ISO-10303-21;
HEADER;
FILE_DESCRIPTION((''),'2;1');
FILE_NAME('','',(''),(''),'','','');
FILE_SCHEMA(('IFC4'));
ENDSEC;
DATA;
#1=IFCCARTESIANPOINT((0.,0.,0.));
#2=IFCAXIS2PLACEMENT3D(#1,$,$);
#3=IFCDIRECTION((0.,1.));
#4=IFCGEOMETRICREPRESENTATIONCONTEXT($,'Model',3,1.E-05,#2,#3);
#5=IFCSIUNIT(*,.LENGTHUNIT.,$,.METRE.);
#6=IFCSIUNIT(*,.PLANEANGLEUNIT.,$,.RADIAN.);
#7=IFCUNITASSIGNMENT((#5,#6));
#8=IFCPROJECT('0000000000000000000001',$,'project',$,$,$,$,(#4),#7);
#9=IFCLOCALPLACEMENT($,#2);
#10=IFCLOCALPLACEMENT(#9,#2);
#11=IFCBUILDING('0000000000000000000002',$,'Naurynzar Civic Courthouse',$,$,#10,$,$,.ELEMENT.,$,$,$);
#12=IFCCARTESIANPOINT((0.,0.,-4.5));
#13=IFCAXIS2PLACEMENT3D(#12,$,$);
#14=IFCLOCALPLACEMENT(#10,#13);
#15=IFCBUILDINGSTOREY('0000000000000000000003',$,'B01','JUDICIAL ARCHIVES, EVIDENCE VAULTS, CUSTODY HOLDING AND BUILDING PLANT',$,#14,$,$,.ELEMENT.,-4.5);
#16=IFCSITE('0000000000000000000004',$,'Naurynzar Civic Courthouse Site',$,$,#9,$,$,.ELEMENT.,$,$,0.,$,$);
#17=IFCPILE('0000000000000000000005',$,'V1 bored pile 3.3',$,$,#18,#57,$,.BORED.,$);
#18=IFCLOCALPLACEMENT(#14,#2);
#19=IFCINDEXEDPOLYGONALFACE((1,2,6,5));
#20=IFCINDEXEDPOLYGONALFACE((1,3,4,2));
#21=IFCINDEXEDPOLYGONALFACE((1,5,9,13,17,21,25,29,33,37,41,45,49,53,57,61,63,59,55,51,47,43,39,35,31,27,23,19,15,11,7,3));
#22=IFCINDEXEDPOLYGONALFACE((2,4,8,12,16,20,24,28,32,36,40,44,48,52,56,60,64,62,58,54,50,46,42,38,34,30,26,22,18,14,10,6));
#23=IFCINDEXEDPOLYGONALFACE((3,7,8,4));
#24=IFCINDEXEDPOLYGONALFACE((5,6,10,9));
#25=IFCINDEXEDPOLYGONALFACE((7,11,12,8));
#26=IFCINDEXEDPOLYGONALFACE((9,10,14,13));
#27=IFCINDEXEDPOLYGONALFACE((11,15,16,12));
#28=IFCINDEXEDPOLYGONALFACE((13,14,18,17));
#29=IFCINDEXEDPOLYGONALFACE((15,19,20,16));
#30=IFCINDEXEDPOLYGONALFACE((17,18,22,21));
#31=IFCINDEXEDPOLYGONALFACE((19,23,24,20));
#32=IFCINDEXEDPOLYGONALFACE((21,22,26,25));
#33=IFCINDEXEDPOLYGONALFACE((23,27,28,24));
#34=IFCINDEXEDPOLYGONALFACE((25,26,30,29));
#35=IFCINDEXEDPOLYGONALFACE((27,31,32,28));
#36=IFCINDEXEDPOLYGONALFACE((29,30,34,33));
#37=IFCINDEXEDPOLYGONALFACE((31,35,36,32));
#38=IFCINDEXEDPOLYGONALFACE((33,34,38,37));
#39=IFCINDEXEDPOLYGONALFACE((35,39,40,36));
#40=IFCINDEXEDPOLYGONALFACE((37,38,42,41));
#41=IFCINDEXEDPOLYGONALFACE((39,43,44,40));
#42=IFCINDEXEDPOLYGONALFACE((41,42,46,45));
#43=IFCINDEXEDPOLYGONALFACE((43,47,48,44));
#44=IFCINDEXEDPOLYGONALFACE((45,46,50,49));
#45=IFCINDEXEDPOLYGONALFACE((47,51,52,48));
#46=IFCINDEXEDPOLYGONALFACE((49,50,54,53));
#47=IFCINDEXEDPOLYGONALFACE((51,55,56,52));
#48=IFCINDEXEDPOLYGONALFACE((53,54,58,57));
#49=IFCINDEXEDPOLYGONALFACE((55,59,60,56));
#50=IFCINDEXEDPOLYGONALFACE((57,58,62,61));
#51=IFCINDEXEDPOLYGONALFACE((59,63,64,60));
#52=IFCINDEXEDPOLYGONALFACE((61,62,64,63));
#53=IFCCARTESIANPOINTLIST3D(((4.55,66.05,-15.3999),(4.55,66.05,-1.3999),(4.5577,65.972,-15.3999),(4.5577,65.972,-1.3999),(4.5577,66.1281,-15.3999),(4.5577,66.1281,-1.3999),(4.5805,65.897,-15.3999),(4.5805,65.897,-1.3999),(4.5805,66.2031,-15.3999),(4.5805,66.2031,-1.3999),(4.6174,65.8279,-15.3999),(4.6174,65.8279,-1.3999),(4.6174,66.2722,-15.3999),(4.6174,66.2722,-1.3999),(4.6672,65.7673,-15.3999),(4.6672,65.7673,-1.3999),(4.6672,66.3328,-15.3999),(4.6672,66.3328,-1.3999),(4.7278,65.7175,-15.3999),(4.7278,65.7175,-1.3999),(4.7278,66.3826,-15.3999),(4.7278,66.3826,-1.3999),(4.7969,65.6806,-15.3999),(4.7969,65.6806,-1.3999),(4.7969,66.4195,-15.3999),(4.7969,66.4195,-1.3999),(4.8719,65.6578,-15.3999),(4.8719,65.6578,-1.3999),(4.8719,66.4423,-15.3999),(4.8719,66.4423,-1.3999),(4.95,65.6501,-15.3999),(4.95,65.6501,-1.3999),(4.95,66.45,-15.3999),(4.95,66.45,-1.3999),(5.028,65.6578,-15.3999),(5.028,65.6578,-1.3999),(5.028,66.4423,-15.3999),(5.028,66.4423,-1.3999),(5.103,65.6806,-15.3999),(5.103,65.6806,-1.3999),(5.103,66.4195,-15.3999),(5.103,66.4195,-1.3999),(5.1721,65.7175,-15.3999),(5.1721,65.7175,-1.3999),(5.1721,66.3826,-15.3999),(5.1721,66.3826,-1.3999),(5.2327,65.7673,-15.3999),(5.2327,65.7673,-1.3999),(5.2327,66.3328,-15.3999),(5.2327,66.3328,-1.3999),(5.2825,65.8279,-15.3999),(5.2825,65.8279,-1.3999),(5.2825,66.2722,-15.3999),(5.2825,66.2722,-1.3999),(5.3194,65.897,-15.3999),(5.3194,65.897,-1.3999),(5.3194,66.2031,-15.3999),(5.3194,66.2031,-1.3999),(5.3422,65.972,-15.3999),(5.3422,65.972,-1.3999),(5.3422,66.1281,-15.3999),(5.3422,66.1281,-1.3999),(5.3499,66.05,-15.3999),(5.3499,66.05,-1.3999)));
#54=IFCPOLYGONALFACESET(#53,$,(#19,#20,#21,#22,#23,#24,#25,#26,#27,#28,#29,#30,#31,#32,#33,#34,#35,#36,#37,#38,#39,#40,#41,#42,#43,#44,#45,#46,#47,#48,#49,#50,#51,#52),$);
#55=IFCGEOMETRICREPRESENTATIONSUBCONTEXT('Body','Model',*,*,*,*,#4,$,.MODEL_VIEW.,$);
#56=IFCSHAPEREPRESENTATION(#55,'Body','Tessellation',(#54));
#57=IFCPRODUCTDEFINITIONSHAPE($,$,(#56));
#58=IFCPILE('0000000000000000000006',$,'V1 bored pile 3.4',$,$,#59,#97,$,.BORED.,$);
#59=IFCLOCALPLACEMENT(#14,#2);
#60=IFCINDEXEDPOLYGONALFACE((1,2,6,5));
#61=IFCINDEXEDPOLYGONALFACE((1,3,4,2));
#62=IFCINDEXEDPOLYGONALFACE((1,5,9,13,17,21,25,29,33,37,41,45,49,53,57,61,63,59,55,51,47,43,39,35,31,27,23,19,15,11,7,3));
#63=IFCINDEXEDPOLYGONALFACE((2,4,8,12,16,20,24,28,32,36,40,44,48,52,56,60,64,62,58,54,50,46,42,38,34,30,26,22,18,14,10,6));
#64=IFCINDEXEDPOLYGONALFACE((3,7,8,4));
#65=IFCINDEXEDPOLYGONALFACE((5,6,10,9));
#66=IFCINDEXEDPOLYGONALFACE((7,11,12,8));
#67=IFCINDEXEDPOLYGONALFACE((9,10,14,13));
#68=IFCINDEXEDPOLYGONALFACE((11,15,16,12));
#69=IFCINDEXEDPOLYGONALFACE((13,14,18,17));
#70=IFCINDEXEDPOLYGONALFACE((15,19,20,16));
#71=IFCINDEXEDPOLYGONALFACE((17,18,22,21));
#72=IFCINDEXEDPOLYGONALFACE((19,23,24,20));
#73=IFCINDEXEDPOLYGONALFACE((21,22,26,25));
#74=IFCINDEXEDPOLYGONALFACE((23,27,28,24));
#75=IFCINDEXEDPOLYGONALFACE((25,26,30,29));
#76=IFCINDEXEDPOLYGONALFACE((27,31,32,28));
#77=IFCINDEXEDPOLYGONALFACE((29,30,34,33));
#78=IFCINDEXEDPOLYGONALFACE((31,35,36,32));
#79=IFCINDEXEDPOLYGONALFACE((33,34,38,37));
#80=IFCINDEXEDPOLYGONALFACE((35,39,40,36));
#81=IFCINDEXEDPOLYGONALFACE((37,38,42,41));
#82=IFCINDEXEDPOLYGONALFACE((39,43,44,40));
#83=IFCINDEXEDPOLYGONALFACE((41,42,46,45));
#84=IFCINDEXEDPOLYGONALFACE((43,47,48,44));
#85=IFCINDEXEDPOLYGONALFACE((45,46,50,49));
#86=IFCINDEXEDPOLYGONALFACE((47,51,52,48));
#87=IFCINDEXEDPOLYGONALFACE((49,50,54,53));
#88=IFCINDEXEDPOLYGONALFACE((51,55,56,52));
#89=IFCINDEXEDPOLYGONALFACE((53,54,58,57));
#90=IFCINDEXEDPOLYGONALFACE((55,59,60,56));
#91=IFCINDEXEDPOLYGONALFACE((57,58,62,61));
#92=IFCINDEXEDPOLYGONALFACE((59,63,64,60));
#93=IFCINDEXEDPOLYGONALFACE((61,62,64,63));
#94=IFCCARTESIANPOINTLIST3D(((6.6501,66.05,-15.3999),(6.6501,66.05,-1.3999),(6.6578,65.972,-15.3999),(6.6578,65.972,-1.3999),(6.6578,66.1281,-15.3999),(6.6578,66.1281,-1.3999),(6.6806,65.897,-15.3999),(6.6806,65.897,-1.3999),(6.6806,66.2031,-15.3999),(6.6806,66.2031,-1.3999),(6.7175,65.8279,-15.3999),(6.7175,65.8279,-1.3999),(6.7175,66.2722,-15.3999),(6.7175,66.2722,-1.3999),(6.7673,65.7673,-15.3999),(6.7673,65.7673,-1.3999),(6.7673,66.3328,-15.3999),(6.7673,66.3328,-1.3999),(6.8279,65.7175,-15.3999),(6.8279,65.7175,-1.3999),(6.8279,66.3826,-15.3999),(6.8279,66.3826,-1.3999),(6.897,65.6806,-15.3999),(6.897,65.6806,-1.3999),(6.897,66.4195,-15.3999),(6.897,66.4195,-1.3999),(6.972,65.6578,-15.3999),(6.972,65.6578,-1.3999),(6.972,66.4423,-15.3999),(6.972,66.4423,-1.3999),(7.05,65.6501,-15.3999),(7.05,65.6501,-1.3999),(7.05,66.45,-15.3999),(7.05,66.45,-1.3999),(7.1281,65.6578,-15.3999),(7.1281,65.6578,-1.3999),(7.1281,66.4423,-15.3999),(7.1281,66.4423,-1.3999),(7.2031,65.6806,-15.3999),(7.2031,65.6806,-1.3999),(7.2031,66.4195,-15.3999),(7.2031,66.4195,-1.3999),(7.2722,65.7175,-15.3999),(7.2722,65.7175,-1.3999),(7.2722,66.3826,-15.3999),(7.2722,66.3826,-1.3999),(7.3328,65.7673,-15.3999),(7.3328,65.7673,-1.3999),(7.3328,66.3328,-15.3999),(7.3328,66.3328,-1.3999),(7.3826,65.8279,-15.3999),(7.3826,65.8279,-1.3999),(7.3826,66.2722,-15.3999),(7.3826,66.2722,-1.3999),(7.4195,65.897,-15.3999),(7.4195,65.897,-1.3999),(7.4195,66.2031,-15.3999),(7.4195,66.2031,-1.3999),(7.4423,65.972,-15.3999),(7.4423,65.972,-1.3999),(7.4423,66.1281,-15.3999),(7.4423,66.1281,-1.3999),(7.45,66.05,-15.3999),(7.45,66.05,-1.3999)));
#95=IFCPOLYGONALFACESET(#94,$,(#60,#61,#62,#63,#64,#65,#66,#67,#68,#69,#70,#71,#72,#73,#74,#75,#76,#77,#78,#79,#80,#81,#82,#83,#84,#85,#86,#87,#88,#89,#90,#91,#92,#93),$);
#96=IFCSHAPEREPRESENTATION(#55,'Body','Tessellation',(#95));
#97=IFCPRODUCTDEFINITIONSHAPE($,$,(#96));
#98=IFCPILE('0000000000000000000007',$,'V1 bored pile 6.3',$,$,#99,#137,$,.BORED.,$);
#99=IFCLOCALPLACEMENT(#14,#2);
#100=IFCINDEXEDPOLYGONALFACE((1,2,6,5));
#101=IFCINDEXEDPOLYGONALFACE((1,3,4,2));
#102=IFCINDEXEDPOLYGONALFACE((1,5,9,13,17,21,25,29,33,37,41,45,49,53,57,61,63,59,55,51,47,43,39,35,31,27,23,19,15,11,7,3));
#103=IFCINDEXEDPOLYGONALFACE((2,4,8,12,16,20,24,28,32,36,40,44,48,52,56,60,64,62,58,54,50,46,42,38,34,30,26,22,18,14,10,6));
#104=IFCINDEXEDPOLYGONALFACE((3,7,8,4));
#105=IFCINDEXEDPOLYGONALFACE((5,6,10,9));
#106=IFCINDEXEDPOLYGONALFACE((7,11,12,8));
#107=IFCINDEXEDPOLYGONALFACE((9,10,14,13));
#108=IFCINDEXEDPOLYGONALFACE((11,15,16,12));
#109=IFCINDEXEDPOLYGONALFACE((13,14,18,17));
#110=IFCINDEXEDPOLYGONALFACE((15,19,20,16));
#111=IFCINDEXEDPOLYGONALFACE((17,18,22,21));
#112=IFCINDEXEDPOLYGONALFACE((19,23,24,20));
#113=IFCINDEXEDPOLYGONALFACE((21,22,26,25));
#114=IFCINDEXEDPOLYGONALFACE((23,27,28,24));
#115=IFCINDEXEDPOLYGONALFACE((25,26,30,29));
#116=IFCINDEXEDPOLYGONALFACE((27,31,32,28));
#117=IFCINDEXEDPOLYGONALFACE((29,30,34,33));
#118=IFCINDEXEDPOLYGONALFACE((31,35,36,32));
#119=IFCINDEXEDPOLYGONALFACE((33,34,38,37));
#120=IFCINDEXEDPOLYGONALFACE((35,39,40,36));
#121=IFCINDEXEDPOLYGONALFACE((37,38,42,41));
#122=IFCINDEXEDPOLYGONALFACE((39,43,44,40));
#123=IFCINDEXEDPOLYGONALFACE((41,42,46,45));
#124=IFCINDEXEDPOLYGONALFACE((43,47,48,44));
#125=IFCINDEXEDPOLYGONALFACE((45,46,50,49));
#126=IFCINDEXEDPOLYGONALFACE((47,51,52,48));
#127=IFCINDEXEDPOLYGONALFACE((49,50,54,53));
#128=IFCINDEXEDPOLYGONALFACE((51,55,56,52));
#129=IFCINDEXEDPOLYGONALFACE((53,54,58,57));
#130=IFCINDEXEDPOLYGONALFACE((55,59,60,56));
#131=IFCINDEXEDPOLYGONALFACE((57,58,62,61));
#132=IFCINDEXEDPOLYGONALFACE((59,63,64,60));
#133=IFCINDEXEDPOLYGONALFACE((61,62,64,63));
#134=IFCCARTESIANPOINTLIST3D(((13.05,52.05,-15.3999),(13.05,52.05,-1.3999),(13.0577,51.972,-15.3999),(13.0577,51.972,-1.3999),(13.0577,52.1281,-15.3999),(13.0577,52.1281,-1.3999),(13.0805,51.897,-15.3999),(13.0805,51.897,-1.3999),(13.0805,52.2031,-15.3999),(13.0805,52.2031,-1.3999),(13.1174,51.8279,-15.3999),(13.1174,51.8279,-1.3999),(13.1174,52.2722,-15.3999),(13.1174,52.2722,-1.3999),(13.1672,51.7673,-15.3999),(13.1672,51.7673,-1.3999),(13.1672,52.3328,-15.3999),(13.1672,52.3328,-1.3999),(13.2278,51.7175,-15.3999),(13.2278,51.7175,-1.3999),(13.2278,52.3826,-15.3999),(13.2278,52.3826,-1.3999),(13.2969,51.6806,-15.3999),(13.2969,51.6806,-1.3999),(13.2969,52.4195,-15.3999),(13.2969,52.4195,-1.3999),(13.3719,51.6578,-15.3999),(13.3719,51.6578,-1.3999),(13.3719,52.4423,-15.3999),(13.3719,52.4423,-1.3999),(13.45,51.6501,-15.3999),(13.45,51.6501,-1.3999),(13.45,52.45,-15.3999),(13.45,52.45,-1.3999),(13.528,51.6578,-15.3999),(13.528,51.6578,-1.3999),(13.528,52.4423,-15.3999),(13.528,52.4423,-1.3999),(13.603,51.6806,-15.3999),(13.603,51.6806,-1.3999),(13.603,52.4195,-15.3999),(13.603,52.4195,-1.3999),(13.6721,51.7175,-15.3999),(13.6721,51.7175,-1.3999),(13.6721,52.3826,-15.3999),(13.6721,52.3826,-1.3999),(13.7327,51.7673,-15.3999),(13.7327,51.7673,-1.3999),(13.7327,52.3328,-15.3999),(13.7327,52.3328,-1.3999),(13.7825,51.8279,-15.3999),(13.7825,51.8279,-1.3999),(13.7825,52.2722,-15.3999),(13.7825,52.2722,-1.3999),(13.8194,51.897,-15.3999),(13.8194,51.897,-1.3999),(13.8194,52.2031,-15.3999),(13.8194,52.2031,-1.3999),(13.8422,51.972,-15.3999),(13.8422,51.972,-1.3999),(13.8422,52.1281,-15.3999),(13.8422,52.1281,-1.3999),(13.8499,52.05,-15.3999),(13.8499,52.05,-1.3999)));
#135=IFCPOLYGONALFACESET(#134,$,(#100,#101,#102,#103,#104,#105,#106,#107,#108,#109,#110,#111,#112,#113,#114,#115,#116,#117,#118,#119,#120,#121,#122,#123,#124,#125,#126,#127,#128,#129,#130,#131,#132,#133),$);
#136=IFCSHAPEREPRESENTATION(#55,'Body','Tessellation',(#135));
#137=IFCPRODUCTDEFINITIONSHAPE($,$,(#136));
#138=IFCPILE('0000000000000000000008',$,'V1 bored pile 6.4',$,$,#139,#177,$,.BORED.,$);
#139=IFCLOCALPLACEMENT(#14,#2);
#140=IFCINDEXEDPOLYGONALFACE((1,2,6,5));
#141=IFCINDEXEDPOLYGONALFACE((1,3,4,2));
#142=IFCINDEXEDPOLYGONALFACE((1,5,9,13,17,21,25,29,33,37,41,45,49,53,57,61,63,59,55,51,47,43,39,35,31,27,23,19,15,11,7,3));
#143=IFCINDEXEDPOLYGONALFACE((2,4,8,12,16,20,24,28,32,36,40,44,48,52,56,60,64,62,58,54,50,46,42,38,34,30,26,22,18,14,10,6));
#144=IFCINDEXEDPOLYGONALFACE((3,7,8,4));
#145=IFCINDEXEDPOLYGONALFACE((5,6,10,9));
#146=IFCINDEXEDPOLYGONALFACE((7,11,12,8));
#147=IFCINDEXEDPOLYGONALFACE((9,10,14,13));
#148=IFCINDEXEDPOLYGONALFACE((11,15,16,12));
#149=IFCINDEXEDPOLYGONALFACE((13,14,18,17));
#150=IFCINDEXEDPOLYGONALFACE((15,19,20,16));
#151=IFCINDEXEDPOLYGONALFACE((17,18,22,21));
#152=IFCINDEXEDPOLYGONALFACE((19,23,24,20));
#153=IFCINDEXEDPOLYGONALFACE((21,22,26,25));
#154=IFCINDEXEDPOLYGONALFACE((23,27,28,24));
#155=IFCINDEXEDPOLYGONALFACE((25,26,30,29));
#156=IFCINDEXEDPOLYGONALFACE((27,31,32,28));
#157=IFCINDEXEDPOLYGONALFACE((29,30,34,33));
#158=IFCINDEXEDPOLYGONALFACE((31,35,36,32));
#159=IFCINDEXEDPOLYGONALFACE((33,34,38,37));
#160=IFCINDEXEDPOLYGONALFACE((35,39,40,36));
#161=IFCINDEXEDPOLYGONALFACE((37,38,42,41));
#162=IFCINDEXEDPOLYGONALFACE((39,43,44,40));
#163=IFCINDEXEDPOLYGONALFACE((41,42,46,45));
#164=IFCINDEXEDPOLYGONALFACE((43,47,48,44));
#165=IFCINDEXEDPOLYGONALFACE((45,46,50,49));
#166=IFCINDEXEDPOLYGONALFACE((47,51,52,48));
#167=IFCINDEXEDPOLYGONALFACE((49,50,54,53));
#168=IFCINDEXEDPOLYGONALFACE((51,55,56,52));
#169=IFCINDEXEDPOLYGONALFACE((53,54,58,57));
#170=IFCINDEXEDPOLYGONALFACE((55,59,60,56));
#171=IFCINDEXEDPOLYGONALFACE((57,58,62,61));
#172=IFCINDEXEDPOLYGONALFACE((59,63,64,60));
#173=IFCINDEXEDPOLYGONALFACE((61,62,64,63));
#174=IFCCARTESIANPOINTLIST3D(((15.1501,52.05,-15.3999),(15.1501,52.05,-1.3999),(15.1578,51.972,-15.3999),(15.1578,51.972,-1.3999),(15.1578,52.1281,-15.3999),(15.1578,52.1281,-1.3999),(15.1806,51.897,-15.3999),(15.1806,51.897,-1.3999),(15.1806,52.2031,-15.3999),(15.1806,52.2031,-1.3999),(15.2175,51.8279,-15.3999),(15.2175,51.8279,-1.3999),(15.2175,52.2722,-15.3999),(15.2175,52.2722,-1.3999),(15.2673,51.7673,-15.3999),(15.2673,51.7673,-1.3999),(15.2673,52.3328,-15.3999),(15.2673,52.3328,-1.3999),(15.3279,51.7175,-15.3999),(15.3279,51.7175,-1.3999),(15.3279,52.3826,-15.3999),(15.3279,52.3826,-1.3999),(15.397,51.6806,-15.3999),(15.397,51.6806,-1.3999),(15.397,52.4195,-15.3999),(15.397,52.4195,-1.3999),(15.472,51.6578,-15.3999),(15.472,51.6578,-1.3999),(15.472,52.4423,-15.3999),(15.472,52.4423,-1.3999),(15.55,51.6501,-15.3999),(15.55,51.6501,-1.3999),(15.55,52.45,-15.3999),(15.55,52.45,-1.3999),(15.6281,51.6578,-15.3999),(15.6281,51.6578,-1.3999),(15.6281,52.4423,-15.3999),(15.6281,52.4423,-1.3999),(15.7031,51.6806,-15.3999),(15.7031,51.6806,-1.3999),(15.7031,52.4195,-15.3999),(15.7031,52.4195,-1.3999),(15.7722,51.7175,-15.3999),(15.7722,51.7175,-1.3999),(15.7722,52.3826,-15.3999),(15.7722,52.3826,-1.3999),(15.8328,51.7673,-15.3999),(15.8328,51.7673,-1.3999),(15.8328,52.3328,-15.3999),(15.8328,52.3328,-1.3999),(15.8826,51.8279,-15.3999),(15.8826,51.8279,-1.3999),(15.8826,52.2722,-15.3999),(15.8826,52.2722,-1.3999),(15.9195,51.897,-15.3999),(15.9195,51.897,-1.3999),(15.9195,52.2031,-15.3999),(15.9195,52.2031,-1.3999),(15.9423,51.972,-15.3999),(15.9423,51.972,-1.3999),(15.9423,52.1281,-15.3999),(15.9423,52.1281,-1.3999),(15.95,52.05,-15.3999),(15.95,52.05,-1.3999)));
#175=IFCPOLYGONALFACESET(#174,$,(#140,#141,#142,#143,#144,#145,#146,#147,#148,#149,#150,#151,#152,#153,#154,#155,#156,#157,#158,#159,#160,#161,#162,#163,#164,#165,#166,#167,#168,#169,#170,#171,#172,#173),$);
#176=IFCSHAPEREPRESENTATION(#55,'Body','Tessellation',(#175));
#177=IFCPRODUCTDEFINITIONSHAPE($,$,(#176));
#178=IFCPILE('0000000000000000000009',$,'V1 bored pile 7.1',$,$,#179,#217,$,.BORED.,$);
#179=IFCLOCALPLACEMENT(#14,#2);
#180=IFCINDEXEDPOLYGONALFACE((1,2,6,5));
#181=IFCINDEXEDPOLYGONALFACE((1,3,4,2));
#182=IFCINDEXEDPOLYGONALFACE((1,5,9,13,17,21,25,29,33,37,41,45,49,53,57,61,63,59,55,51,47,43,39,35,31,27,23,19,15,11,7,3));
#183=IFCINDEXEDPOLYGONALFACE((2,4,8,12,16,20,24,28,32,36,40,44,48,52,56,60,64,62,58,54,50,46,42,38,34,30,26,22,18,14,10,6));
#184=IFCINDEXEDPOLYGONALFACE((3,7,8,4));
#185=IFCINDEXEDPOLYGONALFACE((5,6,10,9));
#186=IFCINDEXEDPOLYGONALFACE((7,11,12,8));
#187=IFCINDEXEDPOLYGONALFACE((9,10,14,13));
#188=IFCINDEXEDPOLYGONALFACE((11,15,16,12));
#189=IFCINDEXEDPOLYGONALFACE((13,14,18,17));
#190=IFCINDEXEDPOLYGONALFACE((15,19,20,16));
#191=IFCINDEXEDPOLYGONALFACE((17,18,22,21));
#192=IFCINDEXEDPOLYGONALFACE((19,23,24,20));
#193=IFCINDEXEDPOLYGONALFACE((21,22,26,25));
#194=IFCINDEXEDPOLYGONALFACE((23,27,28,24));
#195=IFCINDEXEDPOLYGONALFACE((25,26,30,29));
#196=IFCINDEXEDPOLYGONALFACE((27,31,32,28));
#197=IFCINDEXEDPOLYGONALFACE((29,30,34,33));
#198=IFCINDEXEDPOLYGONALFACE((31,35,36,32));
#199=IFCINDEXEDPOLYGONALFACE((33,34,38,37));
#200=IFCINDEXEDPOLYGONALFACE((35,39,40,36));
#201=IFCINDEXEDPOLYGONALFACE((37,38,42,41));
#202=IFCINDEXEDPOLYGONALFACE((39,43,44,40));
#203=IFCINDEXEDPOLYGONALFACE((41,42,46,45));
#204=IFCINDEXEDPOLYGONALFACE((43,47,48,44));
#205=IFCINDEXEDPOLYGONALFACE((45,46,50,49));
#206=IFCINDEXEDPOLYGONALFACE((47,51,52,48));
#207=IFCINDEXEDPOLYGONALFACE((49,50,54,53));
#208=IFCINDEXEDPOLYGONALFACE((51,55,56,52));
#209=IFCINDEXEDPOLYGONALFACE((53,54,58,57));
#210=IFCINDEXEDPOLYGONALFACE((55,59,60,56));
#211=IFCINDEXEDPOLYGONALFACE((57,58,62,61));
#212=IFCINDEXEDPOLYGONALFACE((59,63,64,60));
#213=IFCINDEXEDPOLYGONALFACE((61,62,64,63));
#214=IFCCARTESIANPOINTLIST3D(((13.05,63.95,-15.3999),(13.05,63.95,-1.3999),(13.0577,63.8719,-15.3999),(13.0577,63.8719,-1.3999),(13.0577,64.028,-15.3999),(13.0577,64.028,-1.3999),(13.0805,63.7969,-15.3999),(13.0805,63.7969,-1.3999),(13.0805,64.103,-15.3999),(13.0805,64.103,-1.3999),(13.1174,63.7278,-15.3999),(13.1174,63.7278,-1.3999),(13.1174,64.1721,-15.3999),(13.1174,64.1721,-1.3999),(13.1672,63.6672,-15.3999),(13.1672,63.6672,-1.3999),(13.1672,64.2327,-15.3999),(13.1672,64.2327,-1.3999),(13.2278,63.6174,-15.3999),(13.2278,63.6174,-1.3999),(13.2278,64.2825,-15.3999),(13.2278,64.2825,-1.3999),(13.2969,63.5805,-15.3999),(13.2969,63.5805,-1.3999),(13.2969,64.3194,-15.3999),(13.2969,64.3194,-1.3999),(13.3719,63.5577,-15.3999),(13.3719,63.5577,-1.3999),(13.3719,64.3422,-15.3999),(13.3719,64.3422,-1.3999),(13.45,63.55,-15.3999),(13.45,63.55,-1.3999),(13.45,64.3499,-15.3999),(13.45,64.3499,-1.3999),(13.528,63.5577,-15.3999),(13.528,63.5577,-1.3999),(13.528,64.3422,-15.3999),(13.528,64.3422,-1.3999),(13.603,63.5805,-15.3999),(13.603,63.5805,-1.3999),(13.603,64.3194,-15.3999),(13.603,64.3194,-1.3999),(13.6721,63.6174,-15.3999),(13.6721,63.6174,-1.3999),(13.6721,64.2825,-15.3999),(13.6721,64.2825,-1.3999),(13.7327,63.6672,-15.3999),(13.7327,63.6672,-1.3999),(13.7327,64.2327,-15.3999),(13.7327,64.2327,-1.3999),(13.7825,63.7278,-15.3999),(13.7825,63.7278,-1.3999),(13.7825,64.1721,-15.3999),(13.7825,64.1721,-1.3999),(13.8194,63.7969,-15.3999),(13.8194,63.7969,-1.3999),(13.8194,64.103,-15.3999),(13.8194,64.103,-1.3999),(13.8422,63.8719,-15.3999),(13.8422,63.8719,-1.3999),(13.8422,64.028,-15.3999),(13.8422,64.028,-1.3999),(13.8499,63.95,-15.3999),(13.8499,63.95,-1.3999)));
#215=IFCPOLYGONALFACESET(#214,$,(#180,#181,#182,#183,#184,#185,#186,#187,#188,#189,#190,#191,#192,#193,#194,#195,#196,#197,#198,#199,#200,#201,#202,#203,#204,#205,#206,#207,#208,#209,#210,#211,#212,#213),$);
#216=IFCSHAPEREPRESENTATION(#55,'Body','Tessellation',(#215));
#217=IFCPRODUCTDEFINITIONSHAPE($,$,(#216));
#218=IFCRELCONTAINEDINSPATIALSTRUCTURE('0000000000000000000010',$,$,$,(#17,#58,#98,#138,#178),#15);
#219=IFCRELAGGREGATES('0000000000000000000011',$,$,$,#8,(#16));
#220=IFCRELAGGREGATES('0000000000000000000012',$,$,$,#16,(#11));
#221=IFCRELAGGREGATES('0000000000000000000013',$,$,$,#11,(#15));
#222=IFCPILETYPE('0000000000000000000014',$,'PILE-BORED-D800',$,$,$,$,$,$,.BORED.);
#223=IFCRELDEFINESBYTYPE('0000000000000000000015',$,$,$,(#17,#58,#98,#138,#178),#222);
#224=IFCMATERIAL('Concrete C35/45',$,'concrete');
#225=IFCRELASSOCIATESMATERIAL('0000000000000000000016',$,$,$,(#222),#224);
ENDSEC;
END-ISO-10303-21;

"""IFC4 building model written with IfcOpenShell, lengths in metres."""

from ifc_helpers import new_model, si_unit, direction, frame, origin, origin_2d, place, context, subcontext, project, spatial, circle, extrude, material, material_profile, profile_set, type_object, element, save


model = new_model("IFC4")

# Units and contexts
model_context = context("Model", 3, precision=1e-05, world=origin(), true_north=direction((0.0, 1.0)))
body_context = subcontext(model_context, "Body", "Model", "MODEL_VIEW")
ifc_project = project(units=[si_unit("LENGTHUNIT", "METRE"), si_unit("PLANEANGLEUNIT", "RADIAN")], contexts=[model_context])

# Site, building, storey
site_placement = place(None, origin())
site = spatial("IfcSite", under=ifc_project, at=site_placement, Name="Naurynzar Civic Courthouse Site", CompositionType="ELEMENT", RefElevation=0.0)
building_placement = place(site_placement, origin())
building = spatial("IfcBuilding", under=site, at=building_placement, Name="Naurynzar Civic Courthouse", CompositionType="ELEMENT")
storey_placement = place(building_placement, frame((0.0, 0.0, -4.5)))
storey = spatial("IfcBuildingStorey", under=building, at=storey_placement, Name="B01", Description="JUDICIAL ARCHIVES, EVIDENCE VAULTS, CUSTODY HOLDING AND BUILDING PLANT", CompositionType="ELEMENT", Elevation=-4.5)

# Piles
ifc_material_1 = material(Name="Concrete C35/45", Category="concrete")
ifc_material_profile_1 = material_profile(ifc_material_1, circle(Radius=0.3999, at=origin_2d()), Name="PILE D800")
ifc_profile_set_1 = profile_set([ifc_material_profile_1], Name="Concrete C35/45")
pile_type = type_object("IfcPileType", Name="PILE-BORED-D800", PredefinedType="BORED", material=ifc_profile_set_1)
for number, where, z_axis, x_axis, name in (
    (1, (4.95, 66.05, -1.3999), (0.0, 0.0, -1.0), (1.0, 0.0, 0.0), "V1 bored pile 3.3"),
    (2, (7.05, 66.05, -1.3999), (0.0, 0.0, -1.0), (1.0, 0.0, 0.0), "V1 bored pile 3.4"),
    (3, (13.45, 52.05, -1.3999), (0.0, 0.0, -1.0), (1.0, 0.0, 0.0), "V1 bored pile 6.3"),
    (4, (15.55, 52.05, -1.3999), (0.0, 0.0, -1.0), (1.0, 0.0, 0.0), "V1 bored pile 6.4"),
    (5, (13.45, 63.95, -1.3999), (0.0, 0.0, -1.0), (1.0, 0.0, 0.0), "V1 bored pile 7.1"),
):
    element("IfcPile", number, at=place(storey_placement, frame(where, z_axis=z_axis, x_axis=x_axis)), inside=storey, type_object=pile_type, Name=name, PredefinedType="BORED", context=body_context, shape_type="SweptSolid", body=[
        extrude(circle(Radius=0.3999, at=origin_2d()), origin(), (0.0, 0.0, 1.0), 14.0),
    ])

save(model, "model.ifc")
